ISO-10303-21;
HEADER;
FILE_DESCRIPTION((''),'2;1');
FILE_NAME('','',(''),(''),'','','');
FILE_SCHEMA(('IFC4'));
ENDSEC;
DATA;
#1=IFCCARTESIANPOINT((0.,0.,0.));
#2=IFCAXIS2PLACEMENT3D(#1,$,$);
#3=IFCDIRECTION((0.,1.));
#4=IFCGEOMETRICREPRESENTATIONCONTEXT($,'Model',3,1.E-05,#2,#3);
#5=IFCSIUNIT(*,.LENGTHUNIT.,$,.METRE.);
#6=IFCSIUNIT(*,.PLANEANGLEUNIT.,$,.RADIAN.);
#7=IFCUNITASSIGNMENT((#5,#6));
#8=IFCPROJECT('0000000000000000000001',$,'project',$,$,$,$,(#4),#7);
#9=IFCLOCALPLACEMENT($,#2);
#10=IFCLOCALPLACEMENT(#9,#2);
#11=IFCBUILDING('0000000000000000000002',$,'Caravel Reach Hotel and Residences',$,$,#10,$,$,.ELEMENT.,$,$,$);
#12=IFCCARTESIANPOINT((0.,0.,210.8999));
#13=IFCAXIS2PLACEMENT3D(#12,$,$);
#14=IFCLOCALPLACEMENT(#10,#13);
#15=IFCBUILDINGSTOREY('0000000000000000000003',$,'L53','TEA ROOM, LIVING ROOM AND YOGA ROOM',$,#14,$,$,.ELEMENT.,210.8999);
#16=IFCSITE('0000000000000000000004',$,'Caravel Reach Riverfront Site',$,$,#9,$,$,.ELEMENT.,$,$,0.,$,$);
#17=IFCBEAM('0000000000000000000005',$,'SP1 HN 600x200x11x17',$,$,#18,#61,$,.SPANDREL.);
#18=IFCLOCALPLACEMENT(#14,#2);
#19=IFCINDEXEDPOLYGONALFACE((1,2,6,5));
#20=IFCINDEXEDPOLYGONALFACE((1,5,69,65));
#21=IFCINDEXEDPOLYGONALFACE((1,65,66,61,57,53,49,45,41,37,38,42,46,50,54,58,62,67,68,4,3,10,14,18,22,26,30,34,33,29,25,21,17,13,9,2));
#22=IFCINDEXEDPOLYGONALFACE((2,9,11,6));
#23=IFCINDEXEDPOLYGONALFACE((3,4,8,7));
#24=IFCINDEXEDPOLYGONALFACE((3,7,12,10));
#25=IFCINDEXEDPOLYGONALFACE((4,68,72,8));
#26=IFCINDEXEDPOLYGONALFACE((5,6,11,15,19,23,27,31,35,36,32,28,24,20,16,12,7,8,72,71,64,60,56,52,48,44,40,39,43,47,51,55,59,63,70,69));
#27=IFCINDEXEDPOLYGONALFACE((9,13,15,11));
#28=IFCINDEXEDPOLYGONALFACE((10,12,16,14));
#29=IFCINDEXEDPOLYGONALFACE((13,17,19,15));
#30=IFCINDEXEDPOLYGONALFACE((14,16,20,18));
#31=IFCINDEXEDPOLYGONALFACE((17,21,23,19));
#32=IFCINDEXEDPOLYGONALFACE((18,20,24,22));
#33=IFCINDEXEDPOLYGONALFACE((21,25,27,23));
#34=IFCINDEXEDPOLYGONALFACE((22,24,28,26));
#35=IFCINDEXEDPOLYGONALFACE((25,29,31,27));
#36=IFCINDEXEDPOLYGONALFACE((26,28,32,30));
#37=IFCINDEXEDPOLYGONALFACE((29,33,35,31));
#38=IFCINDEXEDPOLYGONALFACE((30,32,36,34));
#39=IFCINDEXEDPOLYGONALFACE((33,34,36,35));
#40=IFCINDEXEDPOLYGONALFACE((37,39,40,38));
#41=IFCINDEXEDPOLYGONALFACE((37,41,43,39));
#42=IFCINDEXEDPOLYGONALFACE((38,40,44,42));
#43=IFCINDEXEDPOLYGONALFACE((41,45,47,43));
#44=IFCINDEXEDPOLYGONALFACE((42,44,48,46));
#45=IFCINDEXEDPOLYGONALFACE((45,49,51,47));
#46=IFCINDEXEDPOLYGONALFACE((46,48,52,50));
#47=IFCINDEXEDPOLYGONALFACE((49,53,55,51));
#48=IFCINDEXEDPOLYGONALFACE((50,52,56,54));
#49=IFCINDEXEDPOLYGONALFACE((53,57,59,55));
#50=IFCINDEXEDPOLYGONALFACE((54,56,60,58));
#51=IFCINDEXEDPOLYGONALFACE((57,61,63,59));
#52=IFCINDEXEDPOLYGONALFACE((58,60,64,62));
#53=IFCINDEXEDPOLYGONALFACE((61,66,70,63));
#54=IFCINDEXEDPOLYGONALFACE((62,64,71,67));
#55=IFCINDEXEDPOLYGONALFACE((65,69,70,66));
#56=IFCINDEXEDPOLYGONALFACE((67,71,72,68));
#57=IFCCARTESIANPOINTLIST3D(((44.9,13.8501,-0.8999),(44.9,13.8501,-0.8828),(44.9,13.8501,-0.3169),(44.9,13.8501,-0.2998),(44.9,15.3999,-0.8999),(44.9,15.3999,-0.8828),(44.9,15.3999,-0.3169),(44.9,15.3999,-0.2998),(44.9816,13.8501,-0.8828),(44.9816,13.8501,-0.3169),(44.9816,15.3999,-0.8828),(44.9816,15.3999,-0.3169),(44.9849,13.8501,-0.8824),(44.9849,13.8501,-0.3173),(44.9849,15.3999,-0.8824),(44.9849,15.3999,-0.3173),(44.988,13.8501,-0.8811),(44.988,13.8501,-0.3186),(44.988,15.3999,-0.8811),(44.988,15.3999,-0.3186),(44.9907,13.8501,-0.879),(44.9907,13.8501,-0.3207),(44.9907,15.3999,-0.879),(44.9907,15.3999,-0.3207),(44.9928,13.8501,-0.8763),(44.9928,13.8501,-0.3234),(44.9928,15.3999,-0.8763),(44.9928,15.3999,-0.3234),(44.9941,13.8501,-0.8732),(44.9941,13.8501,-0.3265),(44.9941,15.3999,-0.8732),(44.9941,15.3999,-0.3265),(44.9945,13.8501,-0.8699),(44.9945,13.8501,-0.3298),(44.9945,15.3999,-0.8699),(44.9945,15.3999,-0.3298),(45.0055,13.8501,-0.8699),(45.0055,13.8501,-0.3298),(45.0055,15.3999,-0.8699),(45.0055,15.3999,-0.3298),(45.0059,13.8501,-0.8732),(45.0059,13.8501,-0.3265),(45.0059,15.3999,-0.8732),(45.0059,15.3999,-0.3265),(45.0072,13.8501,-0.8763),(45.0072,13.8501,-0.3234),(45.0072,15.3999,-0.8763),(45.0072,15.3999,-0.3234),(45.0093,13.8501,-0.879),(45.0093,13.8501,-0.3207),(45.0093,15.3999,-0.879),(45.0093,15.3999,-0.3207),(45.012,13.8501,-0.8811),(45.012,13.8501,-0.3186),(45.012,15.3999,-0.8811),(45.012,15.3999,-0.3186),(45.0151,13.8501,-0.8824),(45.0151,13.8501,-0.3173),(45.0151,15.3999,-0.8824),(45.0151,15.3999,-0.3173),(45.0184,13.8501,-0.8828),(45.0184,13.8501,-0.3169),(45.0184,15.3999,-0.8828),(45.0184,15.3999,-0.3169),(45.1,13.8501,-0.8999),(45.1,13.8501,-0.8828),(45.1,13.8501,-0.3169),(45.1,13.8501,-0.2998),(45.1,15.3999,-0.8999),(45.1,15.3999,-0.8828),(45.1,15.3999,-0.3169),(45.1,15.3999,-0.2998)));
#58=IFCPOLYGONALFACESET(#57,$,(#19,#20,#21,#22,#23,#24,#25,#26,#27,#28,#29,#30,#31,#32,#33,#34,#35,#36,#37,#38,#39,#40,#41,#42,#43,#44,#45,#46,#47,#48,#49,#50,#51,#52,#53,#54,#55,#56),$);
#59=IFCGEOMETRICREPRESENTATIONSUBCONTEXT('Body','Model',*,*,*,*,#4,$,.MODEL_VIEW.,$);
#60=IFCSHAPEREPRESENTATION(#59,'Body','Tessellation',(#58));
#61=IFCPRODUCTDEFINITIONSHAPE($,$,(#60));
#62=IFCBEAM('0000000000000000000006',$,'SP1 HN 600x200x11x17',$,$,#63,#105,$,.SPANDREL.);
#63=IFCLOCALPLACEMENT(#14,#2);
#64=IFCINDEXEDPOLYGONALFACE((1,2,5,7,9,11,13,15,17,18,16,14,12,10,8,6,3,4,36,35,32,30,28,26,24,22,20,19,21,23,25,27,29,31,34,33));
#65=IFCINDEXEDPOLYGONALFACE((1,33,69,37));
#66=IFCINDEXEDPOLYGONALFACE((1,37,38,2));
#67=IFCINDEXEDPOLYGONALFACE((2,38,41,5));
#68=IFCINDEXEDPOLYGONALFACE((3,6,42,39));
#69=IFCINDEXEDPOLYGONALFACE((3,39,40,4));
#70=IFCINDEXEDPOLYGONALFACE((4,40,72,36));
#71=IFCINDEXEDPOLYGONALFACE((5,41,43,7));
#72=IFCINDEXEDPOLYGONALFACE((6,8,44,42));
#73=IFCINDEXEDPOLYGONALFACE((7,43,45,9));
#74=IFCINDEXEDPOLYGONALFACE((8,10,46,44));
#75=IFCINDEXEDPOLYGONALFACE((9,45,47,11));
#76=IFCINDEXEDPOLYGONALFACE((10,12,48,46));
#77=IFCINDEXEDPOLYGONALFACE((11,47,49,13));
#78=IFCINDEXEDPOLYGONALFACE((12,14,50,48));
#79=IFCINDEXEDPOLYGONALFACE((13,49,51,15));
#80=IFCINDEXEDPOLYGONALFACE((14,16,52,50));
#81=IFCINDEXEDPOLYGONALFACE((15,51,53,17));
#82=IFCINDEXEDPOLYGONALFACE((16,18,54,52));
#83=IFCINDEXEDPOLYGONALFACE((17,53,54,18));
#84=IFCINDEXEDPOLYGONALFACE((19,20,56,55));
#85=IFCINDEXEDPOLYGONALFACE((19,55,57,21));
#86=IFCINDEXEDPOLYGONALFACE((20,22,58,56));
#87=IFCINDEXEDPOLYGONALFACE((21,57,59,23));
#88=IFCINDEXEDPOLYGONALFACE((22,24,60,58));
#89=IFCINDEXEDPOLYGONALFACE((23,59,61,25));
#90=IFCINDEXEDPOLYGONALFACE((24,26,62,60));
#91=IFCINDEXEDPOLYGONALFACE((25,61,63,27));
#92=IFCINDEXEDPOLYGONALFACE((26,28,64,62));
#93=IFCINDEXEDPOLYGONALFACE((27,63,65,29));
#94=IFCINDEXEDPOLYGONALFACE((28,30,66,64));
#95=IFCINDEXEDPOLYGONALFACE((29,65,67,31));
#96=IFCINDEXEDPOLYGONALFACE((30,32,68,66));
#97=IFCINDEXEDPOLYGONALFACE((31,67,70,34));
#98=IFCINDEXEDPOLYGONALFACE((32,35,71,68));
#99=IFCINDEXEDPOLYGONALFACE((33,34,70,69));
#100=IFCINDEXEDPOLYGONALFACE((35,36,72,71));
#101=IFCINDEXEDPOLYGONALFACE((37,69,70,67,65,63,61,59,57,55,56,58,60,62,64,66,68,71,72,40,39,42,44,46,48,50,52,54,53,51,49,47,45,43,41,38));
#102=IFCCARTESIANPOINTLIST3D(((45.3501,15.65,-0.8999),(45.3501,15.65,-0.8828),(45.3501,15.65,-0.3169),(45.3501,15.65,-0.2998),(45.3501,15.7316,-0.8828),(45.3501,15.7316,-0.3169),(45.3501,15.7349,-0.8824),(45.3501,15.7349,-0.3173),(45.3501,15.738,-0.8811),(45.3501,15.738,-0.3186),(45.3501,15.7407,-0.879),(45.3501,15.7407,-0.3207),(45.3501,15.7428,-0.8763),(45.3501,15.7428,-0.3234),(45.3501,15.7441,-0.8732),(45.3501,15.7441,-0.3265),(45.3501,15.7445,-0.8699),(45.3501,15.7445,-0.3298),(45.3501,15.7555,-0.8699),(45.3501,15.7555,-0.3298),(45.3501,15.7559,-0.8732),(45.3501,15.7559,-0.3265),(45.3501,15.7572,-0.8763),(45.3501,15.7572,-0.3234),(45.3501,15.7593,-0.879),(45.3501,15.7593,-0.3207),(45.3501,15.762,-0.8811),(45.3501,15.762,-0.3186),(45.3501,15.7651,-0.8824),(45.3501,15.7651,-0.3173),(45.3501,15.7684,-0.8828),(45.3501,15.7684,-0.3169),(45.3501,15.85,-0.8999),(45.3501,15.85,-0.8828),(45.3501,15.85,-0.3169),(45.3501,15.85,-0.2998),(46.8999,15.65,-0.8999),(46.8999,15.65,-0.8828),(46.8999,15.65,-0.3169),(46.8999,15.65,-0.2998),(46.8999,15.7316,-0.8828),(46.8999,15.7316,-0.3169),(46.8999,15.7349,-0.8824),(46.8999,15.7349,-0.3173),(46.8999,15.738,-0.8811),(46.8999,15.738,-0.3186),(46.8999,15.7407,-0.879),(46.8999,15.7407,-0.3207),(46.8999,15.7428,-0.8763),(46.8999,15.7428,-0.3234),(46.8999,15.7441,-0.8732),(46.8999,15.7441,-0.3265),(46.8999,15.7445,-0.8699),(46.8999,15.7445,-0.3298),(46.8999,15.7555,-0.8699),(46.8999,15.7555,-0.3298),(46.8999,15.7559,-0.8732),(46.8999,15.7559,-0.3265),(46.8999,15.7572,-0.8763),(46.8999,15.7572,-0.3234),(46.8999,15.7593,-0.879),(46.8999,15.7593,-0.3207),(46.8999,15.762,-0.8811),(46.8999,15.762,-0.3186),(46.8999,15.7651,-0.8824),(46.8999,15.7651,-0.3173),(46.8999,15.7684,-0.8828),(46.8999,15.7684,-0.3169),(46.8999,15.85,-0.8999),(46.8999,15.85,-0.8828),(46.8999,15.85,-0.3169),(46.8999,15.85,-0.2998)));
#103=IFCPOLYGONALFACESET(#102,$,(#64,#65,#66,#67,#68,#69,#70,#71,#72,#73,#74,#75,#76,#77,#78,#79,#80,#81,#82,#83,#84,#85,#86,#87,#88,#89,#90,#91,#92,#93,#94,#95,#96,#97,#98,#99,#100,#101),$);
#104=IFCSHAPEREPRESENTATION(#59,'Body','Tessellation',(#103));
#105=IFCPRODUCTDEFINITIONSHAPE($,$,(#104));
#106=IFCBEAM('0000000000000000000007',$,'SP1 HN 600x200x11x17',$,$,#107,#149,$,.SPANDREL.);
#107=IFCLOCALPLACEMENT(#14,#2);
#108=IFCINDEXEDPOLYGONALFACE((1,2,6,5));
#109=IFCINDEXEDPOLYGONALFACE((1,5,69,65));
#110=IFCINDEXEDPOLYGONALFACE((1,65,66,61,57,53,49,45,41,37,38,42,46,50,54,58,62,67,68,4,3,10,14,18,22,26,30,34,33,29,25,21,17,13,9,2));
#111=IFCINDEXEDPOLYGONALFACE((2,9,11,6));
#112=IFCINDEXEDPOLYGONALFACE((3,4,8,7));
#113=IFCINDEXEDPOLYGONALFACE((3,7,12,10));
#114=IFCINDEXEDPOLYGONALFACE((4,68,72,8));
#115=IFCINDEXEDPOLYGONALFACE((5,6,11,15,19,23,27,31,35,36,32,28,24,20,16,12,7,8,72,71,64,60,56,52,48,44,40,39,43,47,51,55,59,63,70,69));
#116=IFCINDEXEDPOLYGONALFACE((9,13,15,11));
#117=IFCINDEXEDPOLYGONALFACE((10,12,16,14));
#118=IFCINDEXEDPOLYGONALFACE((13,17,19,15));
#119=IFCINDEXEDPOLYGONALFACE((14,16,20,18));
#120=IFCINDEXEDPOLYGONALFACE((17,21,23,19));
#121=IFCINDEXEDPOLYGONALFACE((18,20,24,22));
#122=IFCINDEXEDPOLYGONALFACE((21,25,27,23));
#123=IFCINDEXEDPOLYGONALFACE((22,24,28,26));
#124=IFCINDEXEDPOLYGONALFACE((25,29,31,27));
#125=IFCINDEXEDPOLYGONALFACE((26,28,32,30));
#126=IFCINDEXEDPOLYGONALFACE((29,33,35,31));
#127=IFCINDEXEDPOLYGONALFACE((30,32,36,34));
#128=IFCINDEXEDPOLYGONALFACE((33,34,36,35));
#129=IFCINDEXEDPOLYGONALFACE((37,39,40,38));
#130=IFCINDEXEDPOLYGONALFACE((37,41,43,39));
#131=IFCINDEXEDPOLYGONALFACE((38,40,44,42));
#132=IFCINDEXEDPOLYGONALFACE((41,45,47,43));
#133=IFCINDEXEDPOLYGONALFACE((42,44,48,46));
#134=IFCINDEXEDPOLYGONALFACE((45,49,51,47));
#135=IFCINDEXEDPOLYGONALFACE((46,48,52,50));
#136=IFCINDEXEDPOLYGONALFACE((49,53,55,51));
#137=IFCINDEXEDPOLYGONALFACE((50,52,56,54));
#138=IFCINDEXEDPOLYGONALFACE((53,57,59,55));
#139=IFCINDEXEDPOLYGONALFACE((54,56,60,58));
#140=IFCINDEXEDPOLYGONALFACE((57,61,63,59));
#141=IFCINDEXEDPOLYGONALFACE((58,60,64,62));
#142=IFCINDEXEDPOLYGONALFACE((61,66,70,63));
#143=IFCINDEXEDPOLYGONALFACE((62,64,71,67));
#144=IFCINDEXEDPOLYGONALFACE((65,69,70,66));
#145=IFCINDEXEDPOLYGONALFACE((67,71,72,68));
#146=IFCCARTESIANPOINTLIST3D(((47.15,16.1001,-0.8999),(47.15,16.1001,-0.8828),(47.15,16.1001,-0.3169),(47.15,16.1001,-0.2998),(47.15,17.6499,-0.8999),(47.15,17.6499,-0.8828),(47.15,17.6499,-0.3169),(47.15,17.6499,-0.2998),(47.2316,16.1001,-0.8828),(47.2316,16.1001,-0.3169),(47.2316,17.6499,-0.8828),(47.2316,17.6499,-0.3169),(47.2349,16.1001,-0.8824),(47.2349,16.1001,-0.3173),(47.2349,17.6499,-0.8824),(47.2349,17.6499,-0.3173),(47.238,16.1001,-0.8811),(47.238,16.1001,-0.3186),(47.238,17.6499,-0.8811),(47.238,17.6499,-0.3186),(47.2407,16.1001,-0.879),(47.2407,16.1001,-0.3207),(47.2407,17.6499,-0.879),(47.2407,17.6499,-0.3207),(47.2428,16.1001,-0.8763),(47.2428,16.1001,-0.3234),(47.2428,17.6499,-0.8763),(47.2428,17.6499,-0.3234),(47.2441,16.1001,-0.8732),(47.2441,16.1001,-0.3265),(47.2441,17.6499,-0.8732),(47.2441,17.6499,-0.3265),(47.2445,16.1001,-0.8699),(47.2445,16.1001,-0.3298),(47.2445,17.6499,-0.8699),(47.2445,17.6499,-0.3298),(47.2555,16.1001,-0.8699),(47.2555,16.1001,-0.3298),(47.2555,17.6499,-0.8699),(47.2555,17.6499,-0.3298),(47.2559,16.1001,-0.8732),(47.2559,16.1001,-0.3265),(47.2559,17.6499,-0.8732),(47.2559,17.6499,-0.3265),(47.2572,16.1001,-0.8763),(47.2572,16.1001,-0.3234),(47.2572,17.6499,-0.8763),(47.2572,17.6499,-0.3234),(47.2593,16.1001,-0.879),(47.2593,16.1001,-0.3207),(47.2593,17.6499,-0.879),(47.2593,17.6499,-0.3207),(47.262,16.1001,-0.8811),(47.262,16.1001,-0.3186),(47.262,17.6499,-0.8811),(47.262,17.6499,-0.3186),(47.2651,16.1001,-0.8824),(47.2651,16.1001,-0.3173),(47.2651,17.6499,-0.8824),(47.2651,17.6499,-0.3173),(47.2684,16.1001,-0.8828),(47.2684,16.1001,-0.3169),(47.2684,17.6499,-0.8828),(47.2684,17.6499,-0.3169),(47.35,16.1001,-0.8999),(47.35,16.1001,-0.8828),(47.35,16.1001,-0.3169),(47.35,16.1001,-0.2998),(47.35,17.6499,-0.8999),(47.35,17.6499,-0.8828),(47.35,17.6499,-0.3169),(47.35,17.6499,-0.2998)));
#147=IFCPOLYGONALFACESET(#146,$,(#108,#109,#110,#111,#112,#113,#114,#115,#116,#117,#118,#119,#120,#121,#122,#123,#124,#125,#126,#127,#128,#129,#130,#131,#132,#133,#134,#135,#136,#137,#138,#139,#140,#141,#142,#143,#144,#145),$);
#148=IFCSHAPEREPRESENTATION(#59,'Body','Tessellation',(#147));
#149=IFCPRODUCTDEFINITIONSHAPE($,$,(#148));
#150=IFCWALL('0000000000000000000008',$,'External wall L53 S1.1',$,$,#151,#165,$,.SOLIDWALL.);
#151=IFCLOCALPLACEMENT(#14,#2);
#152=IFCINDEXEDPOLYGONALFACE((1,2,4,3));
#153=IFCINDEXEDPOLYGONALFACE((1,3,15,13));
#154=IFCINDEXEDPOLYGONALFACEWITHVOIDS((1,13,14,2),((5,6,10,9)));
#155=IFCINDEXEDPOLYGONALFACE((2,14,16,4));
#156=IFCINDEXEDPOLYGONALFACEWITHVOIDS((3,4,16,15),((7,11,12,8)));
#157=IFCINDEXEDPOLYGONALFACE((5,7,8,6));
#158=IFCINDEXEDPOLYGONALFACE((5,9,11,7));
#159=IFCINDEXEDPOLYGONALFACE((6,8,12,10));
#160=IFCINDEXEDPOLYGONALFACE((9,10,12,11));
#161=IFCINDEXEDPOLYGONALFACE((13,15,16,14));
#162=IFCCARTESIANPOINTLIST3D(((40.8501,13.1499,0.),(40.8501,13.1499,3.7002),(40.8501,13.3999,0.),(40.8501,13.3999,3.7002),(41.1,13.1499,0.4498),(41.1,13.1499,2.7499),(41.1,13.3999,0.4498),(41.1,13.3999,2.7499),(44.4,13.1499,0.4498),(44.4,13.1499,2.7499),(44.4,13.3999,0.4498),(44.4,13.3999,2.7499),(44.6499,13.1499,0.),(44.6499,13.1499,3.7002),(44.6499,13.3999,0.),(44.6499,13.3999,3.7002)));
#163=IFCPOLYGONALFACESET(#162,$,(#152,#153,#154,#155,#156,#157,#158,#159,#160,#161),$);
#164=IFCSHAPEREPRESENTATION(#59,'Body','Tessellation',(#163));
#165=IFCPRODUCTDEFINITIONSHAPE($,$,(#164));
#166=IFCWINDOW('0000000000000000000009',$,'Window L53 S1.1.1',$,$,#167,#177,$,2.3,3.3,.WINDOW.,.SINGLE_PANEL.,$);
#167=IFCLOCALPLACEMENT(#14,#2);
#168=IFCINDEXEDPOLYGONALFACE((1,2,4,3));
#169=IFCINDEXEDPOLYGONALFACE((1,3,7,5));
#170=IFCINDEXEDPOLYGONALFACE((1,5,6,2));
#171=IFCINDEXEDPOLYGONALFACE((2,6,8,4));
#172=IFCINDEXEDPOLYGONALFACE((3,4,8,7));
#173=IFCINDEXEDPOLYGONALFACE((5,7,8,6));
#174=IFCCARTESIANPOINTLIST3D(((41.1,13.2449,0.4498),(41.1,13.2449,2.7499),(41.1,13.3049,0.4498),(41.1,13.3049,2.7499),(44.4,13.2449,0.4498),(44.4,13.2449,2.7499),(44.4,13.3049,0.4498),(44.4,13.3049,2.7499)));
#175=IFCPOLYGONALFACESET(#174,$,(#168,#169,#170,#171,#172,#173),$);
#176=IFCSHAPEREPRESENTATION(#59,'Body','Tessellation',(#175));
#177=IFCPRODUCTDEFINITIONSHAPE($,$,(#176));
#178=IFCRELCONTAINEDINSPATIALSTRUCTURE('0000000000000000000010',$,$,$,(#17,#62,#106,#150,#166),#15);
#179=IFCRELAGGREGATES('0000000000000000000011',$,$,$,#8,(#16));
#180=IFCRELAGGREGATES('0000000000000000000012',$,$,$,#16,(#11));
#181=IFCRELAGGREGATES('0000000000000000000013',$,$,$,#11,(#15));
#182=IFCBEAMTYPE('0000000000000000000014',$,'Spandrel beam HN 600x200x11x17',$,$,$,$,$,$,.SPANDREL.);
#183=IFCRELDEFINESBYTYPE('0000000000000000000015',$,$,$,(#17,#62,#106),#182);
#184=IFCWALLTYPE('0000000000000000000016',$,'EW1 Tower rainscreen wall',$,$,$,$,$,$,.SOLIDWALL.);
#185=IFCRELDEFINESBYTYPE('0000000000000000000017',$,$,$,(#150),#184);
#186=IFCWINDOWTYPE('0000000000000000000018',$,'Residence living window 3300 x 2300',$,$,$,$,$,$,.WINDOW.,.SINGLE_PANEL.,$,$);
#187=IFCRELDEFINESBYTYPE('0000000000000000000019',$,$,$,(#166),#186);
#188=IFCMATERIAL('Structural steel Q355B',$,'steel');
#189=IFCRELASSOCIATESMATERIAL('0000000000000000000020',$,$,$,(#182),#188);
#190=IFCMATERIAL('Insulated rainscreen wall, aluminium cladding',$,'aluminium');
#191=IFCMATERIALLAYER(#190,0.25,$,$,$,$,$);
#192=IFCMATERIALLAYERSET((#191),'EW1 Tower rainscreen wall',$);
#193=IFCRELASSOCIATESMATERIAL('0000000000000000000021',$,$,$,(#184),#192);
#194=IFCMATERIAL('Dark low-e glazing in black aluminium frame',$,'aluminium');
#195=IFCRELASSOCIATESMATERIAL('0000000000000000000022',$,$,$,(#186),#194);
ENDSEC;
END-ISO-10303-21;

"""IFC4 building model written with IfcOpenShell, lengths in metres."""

from ifc_helpers import new_model, si_unit, direction, frame, frame_2d, origin, origin_2d, place, context, subcontext, project, spatial, rectangle, i_section, extrude, material, layer, layer_set, material_profile, profile_set, type_object, element, fill, save


model = new_model("IFC4")

# Units and contexts
model_context = context("Model", 3, precision=1e-05, world=origin(), true_north=direction((0.0, 1.0)))
body_context = subcontext(model_context, "Body", "Model", "MODEL_VIEW")
ifc_project = project(units=[si_unit("LENGTHUNIT", "METRE"), si_unit("PLANEANGLEUNIT", "RADIAN")], contexts=[model_context])

# Site, building, storey
site_placement = place(None, origin())
site = spatial("IfcSite", under=ifc_project, at=site_placement, Name="Caravel Reach Riverfront Site", CompositionType="ELEMENT", RefElevation=0.0)
building_placement = place(site_placement, origin())
building = spatial("IfcBuilding", under=site, at=building_placement, Name="Caravel Reach Hotel and Residences", CompositionType="ELEMENT")
storey_placement = place(building_placement, frame((0.0, 0.0, 210.8999)))
storey = spatial("IfcBuildingStorey", under=building, at=storey_placement, Name="L53", Description="TEA ROOM, LIVING ROOM AND YOGA ROOM", CompositionType="ELEMENT", Elevation=210.8999)

# Beams
ifc_material_1 = material(Name="Structural steel Q355B", Category="steel")
ifc_material_profile_1 = material_profile(ifc_material_1, i_section(OverallWidth=0.2, OverallDepth=0.6001, WebThickness=0.011, FlangeThickness=0.0171, FilletRadius=0.0129, at=origin_2d()), Name="HN 600x200x11x17")
ifc_profile_set_1 = profile_set([ifc_material_profile_1], Name="Structural steel Q355B")
beam_type_1 = type_object("IfcBeamType", Name="Spandrel beam HN 600x200x11x17", PredefinedType="SPANDREL", material=ifc_profile_set_1)
for number, where, z_axis, x_axis, name in (
    (1, (45.0, 13.8501, -0.5999), (0.0, 1.0, 0.0), (-1.0, 0.0, 0.0), "SP1 HN 600x200x11x17"),
    (2, (45.3501, 15.75, -0.5999), (1.0, 0.0, 0.0), (0.0, 1.0, 0.0), "SP1 HN 600x200x11x17"),
    (3, (47.25, 16.1001, -0.5999), (0.0, 1.0, 0.0), (-1.0, 0.0, 0.0), "SP1 HN 600x200x11x17"),
):
    element("IfcBeam", number, at=place(storey_placement, frame(where, z_axis=z_axis, x_axis=x_axis)), inside=storey, type_object=beam_type_1, Name=name, PredefinedType="SPANDREL", context=body_context, shape_type="SweptSolid", body=[
        extrude(i_section(OverallWidth=0.2, OverallDepth=0.6001, WebThickness=0.011, FlangeThickness=0.0171, FilletRadius=0.0129, at=origin_2d()), origin(), (0.0, 0.0, 1.0), 1.5498),
    ])

# Wall, opening, window
ifc_material_2 = material(Name="Insulated rainscreen wall, aluminium cladding", Category="aluminium")
ifc_layer_1 = layer(ifc_material_2, 0.25)
ifc_layer_set_1 = layer_set([ifc_layer_1], Name="EW1 Tower rainscreen wall")
wall_type_1 = type_object("IfcWallType", Name="EW1 Tower rainscreen wall", PredefinedType="SOLIDWALL", material=ifc_layer_set_1)
wall_1_placement = place(storey_placement, frame((40.8501, 13.2749, 0.0), z_axis=(0.0, 0.0, 1.0), x_axis=(1.0, 0.0, 0.0)))
wall_1 = element("IfcWall", 4, at=wall_1_placement, inside=storey, type_object=wall_type_1, Name="External wall L53 S1.1", PredefinedType="SOLIDWALL", context=body_context, shape_type="SweptSolid", body=[
    extrude(rectangle(XDim=3.7998, YDim=0.25, at=frame_2d((1.8999, 0.0))), origin(), (0.0, 0.0, 1.0), 3.7002),
])
opening_1_placement = place(wall_1_placement, frame((0.25, 0.0, 0.45)))
opening_1 = element("IfcOpeningElement", 5, at=opening_1_placement, cuts=wall_1, PredefinedType="OPENING", context=body_context, shape_type="SweptSolid", body=[
    extrude(rectangle(XDim=3.3, YDim=2.3, at=frame_2d((1.6499, 1.1499))), frame((0.0, 0.135, 0.0), z_axis=(0.0, -1.0, 0.0), x_axis=(1.0, 0.0, 0.0)), (0.0, 0.0, 1.0), 0.27),
])
ifc_material_3 = material(Name="Dark low-e glazing in black aluminium frame", Category="aluminium")
window_type_1 = type_object("IfcWindowType", Name="Residence living window 3300 x 2300", PartitioningType="SINGLE_PANEL", PredefinedType="WINDOW", material=ifc_material_3)
window_1_placement = place(opening_1_placement, origin())
window_1 = element("IfcWindow", 6, at=window_1_placement, inside=storey, type_object=window_type_1, Name="Window L53 S1.1.1", OverallHeight=2.3, OverallWidth=3.3, PartitioningType="SINGLE_PANEL", PredefinedType="WINDOW", context=body_context, shape_type="SweptSolid", body=[
    extrude(rectangle(XDim=3.3, YDim=2.3, at=frame_2d((1.6499, 1.1499))), frame((0.0, 0.03, 0.0), z_axis=(0.0, -1.0, 0.0), x_axis=(1.0, 0.0, 0.0)), (0.0, 0.0, 1.0), 0.0601),
])
fill(opening_1, window_1)

save(model, "model.ifc")
